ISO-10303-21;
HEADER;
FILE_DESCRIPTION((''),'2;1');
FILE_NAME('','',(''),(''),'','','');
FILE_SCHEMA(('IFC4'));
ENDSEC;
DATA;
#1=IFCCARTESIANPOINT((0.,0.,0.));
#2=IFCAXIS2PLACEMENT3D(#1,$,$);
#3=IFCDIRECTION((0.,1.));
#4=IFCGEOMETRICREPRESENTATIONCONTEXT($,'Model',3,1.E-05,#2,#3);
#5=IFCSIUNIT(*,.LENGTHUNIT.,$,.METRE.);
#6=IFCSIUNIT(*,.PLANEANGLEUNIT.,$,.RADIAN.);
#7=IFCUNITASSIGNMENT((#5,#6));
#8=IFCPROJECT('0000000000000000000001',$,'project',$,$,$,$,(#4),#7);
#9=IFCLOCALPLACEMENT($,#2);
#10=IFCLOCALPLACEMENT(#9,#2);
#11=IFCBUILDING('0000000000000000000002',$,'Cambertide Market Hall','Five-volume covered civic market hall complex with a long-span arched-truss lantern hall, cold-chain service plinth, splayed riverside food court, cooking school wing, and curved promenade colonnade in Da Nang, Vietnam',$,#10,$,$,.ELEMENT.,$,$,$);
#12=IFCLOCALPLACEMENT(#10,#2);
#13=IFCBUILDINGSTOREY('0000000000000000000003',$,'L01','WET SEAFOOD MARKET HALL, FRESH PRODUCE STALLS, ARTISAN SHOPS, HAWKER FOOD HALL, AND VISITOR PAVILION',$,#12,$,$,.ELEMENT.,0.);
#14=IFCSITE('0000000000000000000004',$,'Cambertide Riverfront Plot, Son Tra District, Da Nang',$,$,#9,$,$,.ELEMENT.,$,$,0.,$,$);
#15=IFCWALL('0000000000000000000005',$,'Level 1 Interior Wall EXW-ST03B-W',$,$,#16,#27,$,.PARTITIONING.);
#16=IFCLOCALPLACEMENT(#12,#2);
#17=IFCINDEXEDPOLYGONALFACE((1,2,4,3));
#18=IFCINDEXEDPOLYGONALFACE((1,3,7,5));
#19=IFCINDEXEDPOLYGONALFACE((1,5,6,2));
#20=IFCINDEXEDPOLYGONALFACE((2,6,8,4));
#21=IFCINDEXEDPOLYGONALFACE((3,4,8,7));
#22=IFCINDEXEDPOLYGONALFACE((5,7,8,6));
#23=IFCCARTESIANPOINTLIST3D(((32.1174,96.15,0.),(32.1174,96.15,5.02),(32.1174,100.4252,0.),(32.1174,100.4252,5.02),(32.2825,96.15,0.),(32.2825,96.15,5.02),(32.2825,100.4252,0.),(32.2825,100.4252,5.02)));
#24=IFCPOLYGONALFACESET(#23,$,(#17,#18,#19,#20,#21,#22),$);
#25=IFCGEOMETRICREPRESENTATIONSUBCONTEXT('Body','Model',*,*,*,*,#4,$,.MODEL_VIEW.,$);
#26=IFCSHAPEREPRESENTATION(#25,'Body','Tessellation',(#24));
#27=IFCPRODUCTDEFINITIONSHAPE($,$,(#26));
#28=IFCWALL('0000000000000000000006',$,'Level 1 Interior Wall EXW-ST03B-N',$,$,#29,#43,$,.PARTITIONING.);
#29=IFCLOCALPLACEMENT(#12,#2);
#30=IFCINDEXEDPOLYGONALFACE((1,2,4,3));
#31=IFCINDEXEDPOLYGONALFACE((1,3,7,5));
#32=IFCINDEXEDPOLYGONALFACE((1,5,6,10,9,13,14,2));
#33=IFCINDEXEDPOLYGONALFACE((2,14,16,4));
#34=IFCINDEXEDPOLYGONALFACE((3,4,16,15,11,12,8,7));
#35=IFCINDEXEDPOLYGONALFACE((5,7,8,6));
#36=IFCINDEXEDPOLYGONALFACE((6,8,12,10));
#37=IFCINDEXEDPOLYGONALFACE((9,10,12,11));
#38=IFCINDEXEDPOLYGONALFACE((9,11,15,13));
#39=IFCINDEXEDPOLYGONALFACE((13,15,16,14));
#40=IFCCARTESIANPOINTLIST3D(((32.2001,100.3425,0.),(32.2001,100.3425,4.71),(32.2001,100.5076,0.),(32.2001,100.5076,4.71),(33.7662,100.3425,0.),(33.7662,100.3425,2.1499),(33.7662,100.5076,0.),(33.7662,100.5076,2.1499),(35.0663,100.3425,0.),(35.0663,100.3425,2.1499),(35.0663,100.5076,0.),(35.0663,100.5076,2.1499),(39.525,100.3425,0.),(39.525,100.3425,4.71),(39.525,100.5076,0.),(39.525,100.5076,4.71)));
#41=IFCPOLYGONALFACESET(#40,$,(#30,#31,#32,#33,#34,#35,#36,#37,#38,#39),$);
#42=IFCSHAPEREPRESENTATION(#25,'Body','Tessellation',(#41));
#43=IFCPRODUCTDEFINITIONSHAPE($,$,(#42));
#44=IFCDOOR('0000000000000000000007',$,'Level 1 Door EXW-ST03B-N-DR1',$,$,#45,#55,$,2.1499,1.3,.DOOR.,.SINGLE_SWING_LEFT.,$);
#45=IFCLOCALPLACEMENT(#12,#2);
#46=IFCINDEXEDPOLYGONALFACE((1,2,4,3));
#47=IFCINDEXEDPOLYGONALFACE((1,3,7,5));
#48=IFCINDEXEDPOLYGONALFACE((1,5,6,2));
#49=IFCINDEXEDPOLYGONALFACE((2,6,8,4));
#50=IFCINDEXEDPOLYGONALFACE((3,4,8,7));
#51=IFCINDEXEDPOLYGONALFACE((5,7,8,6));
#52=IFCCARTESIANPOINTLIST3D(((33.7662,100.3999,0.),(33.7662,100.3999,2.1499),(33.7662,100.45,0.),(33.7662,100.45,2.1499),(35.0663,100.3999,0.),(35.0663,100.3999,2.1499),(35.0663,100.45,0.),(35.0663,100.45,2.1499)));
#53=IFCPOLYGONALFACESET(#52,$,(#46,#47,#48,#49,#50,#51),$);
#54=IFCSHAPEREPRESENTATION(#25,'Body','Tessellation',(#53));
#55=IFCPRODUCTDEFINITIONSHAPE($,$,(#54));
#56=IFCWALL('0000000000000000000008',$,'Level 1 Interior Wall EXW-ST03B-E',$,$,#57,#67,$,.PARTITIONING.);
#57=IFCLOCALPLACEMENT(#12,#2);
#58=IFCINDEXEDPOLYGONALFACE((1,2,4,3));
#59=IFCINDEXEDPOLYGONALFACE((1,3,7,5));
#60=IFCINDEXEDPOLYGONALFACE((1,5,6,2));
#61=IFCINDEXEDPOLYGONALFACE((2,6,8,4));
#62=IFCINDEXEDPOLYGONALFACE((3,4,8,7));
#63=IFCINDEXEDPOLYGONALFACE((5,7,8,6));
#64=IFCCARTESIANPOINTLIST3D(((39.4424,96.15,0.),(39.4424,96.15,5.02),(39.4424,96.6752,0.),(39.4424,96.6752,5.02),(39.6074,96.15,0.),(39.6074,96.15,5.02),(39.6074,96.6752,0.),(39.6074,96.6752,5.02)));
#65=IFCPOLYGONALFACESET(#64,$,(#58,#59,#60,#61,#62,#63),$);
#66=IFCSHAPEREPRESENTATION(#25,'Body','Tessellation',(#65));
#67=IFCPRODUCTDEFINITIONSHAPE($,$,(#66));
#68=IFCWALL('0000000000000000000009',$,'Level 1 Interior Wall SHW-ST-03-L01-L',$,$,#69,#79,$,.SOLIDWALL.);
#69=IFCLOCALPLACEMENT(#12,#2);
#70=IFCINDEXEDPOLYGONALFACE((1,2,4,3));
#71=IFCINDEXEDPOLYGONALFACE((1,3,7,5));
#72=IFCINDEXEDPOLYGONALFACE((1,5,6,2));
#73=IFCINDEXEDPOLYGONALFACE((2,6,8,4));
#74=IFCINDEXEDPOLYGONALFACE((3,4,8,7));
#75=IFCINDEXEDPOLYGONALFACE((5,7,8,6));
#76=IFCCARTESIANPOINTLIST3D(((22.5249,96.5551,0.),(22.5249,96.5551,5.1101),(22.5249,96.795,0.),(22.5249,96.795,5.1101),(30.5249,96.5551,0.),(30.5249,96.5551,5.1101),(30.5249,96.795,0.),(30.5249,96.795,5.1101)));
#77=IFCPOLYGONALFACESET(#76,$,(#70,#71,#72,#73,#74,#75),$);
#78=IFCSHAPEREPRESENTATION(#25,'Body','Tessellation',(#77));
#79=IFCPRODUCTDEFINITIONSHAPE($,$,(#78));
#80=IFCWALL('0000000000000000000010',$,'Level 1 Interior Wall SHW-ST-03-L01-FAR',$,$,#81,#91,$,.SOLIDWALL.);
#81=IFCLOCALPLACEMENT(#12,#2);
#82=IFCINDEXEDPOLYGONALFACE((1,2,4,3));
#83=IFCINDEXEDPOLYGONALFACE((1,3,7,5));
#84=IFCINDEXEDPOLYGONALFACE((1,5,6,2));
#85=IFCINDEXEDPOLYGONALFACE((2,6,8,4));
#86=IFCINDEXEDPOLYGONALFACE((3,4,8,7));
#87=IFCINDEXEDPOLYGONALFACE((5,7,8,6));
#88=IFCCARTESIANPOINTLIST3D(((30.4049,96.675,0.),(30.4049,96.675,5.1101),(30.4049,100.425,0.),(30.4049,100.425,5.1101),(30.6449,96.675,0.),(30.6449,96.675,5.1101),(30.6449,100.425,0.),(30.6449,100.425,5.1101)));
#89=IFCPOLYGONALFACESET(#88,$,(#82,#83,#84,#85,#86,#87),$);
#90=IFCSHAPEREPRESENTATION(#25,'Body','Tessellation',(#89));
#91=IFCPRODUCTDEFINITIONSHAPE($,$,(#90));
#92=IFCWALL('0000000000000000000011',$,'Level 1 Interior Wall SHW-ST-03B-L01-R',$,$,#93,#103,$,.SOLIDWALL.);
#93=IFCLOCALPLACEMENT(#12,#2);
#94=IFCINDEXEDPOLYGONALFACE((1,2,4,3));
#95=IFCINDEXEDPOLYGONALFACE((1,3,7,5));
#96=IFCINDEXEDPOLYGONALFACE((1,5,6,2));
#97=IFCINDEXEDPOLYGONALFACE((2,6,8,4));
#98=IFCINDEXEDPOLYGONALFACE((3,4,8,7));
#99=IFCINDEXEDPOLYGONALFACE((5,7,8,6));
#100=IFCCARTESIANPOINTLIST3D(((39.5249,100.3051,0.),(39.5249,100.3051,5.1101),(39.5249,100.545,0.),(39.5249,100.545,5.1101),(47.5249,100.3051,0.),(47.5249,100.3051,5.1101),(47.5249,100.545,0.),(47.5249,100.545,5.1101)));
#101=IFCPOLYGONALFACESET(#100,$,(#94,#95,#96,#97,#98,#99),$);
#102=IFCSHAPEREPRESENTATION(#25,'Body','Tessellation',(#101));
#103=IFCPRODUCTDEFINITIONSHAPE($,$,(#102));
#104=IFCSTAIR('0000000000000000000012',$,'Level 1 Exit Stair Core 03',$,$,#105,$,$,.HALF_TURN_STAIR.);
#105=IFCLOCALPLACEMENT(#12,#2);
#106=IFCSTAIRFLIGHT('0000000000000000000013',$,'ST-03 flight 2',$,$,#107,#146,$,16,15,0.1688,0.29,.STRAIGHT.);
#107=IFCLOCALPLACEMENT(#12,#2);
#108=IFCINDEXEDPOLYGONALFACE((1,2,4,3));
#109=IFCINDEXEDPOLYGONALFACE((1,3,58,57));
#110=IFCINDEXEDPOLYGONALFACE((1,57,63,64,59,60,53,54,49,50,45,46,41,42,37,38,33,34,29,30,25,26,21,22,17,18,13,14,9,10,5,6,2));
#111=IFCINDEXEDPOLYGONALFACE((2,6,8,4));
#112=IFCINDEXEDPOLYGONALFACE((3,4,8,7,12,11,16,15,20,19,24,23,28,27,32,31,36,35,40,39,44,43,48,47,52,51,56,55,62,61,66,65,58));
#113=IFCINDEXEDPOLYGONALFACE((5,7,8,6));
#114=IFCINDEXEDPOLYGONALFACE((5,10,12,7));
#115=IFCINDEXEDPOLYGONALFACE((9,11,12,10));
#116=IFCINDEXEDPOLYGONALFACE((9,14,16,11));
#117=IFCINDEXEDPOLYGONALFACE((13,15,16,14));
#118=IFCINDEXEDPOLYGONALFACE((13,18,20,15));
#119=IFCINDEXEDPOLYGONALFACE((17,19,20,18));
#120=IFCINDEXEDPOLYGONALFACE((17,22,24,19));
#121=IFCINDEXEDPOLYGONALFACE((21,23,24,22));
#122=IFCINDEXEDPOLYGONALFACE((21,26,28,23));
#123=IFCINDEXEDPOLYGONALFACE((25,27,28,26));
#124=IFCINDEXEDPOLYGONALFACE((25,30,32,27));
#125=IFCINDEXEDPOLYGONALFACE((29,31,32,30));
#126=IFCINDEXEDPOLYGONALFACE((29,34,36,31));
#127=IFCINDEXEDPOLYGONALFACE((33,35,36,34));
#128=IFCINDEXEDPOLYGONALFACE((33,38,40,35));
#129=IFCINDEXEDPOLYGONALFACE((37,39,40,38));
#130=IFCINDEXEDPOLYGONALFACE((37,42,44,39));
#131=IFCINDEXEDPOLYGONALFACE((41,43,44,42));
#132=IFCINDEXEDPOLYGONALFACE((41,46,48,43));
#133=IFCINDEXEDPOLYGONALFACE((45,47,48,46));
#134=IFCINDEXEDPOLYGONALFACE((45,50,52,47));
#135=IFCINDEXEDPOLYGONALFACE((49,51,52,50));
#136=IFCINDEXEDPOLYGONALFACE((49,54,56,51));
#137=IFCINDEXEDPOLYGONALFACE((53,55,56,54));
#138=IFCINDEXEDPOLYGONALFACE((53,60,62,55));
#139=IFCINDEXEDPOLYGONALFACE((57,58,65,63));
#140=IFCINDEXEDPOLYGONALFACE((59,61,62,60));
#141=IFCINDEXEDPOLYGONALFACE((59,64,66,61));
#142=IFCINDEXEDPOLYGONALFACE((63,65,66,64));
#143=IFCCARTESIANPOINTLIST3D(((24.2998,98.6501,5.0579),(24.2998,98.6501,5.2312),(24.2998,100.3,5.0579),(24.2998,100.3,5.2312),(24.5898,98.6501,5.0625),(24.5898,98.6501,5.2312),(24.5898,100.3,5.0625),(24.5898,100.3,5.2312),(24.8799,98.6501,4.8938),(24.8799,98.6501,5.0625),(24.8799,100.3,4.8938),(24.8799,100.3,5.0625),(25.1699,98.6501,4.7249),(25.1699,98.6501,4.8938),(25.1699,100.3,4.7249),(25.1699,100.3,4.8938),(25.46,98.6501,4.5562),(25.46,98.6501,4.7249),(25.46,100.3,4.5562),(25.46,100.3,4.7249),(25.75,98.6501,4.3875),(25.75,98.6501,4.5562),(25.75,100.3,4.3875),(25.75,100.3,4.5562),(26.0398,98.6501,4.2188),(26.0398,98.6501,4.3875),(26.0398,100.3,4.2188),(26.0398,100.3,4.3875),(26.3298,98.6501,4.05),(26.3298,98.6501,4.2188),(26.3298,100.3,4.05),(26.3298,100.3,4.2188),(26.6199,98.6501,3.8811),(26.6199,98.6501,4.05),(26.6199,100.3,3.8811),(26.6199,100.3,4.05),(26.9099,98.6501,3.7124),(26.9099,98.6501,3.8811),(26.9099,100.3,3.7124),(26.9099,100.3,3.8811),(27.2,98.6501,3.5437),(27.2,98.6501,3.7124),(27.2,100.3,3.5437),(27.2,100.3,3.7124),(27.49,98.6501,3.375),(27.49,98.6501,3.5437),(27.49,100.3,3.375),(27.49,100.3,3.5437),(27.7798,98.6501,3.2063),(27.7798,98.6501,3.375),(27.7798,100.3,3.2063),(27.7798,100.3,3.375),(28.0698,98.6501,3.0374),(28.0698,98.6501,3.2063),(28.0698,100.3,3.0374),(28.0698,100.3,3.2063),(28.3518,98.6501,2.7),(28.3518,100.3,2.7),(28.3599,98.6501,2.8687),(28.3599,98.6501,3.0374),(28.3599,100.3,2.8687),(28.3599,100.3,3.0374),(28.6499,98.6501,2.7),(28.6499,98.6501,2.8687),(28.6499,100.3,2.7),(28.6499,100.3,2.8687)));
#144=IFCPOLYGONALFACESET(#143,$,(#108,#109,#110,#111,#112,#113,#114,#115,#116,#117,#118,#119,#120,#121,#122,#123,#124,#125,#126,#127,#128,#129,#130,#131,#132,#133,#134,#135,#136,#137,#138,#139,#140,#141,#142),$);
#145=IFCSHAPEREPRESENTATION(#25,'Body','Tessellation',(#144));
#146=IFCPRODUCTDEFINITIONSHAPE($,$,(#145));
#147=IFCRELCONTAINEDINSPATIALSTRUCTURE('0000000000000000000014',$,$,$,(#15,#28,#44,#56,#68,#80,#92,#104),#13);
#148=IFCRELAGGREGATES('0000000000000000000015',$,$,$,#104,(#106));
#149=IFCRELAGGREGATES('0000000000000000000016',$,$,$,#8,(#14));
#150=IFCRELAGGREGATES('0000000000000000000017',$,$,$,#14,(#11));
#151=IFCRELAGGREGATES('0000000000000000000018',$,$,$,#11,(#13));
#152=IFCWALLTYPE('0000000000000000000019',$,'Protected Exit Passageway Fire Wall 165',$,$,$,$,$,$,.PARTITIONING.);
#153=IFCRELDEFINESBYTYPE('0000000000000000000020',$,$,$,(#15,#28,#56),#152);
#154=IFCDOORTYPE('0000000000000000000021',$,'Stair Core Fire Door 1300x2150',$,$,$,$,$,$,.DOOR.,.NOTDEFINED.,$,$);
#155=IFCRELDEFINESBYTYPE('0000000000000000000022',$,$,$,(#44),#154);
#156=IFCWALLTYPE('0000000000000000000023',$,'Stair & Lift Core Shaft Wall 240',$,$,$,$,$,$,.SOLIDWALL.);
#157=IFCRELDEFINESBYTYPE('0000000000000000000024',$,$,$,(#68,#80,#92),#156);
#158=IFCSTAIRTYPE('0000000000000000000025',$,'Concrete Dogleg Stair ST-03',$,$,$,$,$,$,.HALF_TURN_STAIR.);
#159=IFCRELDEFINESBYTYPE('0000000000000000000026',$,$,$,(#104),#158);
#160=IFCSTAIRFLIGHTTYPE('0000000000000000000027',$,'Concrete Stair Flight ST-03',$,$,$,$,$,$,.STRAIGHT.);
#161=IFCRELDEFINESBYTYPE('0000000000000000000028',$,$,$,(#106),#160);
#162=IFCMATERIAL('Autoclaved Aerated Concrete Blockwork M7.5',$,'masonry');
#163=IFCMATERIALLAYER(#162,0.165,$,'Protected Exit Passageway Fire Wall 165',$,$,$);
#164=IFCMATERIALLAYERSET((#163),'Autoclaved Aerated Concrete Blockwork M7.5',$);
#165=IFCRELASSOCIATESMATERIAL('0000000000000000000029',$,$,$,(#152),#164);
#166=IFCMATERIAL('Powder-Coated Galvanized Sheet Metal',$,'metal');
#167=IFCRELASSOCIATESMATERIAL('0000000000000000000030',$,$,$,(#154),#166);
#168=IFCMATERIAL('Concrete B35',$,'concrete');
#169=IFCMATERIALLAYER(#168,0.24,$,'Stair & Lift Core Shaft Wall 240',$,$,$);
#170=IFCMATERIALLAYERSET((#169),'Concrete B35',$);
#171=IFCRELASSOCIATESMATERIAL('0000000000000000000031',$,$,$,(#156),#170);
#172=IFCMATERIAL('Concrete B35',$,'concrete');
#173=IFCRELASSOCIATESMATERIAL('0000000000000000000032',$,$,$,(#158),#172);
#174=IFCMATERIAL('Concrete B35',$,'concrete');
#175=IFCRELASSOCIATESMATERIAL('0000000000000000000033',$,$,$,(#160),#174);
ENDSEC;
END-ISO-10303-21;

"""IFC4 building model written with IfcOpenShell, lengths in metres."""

from ifc_helpers import new_model, si_unit, direction, frame, frame_2d, origin, place, context, subcontext, project, spatial, polyline, rectangle, outline, extrude, material, layer, layer_set, type_object, element, fill, aggregate, save


model = new_model("IFC4")

# Units and contexts
model_context = context("Model", 3, precision=1e-05, world=origin(), true_north=direction((0.0, 1.0)))
body_context = subcontext(model_context, "Body", "Model", "MODEL_VIEW")
ifc_project = project(units=[si_unit("LENGTHUNIT", "METRE"), si_unit("PLANEANGLEUNIT", "RADIAN")], contexts=[model_context])

# Site, building, storey
site_placement = place(None, origin())
site = spatial("IfcSite", under=ifc_project, at=site_placement, Name="Cambertide Riverfront Plot, Son Tra District, Da Nang", CompositionType="ELEMENT", RefElevation=0.0)
building_placement = place(site_placement, origin())
building = spatial("IfcBuilding", under=site, at=building_placement, Name="Cambertide Market Hall", Description="Five-volume covered civic market hall complex with a long-span arched-truss lantern hall, cold-chain service plinth, splayed riverside food court, cooking school wing, and curved promenade colonnade in Da Nang, Vietnam", CompositionType="ELEMENT")
storey_placement = place(building_placement, origin())
storey = spatial("IfcBuildingStorey", under=building, at=storey_placement, Name="L01", Description="WET SEAFOOD MARKET HALL, FRESH PRODUCE STALLS, ARTISAN SHOPS, HAWKER FOOD HALL, AND VISITOR PAVILION", CompositionType="ELEMENT", Elevation=0.0)

# Wall
ifc_material_1 = material(Name="Autoclaved Aerated Concrete Blockwork M7.5", Category="masonry")
ifc_layer_1 = layer(ifc_material_1, 0.165, Name="Protected Exit Passageway Fire Wall 165")
ifc_layer_set_1 = layer_set([ifc_layer_1], Name="Autoclaved Aerated Concrete Blockwork M7.5")
wall_type_1 = type_object("IfcWallType", Name="Protected Exit Passageway Fire Wall 165", PredefinedType="PARTITIONING", material=ifc_layer_set_1)
wall_1_placement = place(storey_placement, frame((32.2, 96.1499, 0.0), z_axis=(0.0, 0.0, 1.0), x_axis=(0.0, 1.0, 0.0)))
element("IfcWall", 1, at=wall_1_placement, inside=storey, type_object=wall_type_1, Name="Level 1 Interior Wall EXW-ST03B-W", PredefinedType="PARTITIONING", context=body_context, shape_type="SweptSolid", body=[
    extrude(rectangle(XDim=4.2751, YDim=0.165, at=frame_2d((2.1377, 0.0))), origin(), (0.0, 0.0, 1.0), 5.02),
])

# Wall, opening, door
wall_2_placement = place(storey_placement, frame((32.2, 100.425, 0.0), z_axis=(0.0, 0.0, 1.0), x_axis=(1.0, 0.0, 0.0)))
wall_2 = element("IfcWall", 2, at=wall_2_placement, inside=storey, type_object=wall_type_1, Name="Level 1 Interior Wall EXW-ST03B-N", PredefinedType="PARTITIONING", context=body_context, shape_type="SweptSolid", body=[
    extrude(rectangle(XDim=7.325, YDim=0.165, at=frame_2d((3.6626, 0.0))), origin(), (0.0, 0.0, 1.0), 4.71),
])
opening_1_placement = place(wall_2_placement, frame((1.5664, 0.0, 0.0)))
opening_1 = element("IfcOpeningElement", 3, at=opening_1_placement, cuts=wall_2, PredefinedType="OPENING", context=body_context, shape_type="SweptSolid", body=[
    extrude(rectangle(XDim=1.3, YDim=2.1499, at=frame_2d((0.6499, 1.075))), frame((0.0, 0.0925, 0.0), z_axis=(0.0, -1.0, 0.0), x_axis=(1.0, 0.0, 0.0)), (0.0, 0.0, 1.0), 0.1851),
])
ifc_material_2 = material(Name="Powder-Coated Galvanized Sheet Metal", Category="metal")
door_type_1 = type_object("IfcDoorType", Name="Stair Core Fire Door 1300x2150", OperationType="NOTDEFINED", PredefinedType="DOOR", material=ifc_material_2)
door_1_placement = place(opening_1_placement, origin())
door_1 = element("IfcDoor", 4, at=door_1_placement, inside=storey, type_object=door_type_1, Name="Level 1 Door EXW-ST03B-N-DR1", OperationType="SINGLE_SWING_LEFT", OverallHeight=2.1499, OverallWidth=1.3, PredefinedType="DOOR", context=body_context, shape_type="SweptSolid", body=[
    extrude(rectangle(XDim=1.3, YDim=2.1499, at=frame_2d((0.6499, 1.075))), frame((0.0, 0.0249, 0.0), z_axis=(0.0, -1.0, 0.0), x_axis=(1.0, 0.0, 0.0)), (0.0, 0.0, 1.0), 0.05),
])
fill(opening_1, door_1)

# Walls
wall_3_placement = place(storey_placement, frame((39.5249, 96.1499, 0.0), z_axis=(0.0, 0.0, 1.0), x_axis=(0.0, 1.0, 0.0)))
element("IfcWall", 5, at=wall_3_placement, inside=storey, type_object=wall_type_1, Name="Level 1 Interior Wall EXW-ST03B-E", PredefinedType="PARTITIONING", context=body_context, shape_type="SweptSolid", body=[
    extrude(rectangle(XDim=0.5251, YDim=0.165, at=frame_2d((0.2627, 0.0))), origin(), (0.0, 0.0, 1.0), 5.02),
])
ifc_material_3 = material(Name="Concrete B35", Category="concrete")
ifc_layer_2 = layer(ifc_material_3, 0.24, Name="Stair & Lift Core Shaft Wall 240")
ifc_layer_set_2 = layer_set([ifc_layer_2], Name="Concrete B35")
wall_type_2 = type_object("IfcWallType", Name="Stair & Lift Core Shaft Wall 240", PredefinedType="SOLIDWALL", material=ifc_layer_set_2)
wall_4_placement = place(storey_placement, frame((30.5249, 96.675, 0.0), z_axis=(0.0, 0.0, 1.0), x_axis=(-1.0, 0.0, 0.0)))
element("IfcWall", 6, at=wall_4_placement, inside=storey, type_object=wall_type_2, Name="Level 1 Interior Wall SHW-ST-03-L01-L", PredefinedType="SOLIDWALL", context=body_context, shape_type="SweptSolid", body=[
    extrude(rectangle(XDim=8.0, YDim=0.24, at=frame_2d((4.0, 0.0))), origin(), (0.0, 0.0, 1.0), 5.1101),
])
wall_5_placement = place(storey_placement, frame((30.5249, 100.425, 0.0), z_axis=(0.0, 0.0, 1.0), x_axis=(0.0, -1.0, 0.0)))
element("IfcWall", 7, at=wall_5_placement, inside=storey, type_object=wall_type_2, Name="Level 1 Interior Wall SHW-ST-03-L01-FAR", PredefinedType="SOLIDWALL", context=body_context, shape_type="SweptSolid", body=[
    extrude(rectangle(XDim=3.75, YDim=0.24, at=frame_2d((1.875, 0.0))), origin(), (0.0, 0.0, 1.0), 5.1101),
])

# Wall
wall_6_placement = place(storey_placement, frame((39.5249, 100.425, 0.0), z_axis=(0.0, 0.0, 1.0), x_axis=(1.0, 0.0, 0.0)))
element("IfcWall", 8, at=wall_6_placement, inside=storey, type_object=wall_type_2, Name="Level 1 Interior Wall SHW-ST-03B-L01-R", PredefinedType="SOLIDWALL", context=body_context, shape_type="SweptSolid", body=[
    extrude(rectangle(XDim=8.0, YDim=0.24, at=frame_2d((4.0, 0.0))), origin(), (0.0, 0.0, 1.0), 5.1101),
])

# Stair, stair flight
ifc_material_4 = material(Name="Concrete B35", Category="concrete")
stair_type = type_object("IfcStairType", Name="Concrete Dogleg Stair ST-03", PredefinedType="HALF_TURN_STAIR", material=ifc_material_4)
stair_placement = place(storey_placement, origin())
stair = element("IfcStair", 9, at=stair_placement, inside=storey, type_object=stair_type, Name="Level 1 Exit Stair Core 03", PredefinedType="HALF_TURN_STAIR")
ifc_material_5 = material(Name="Concrete B35", Category="concrete")
stair_flight_type = type_object("IfcStairFlightType", Name="Concrete Stair Flight ST-03", PredefinedType="STRAIGHT", material=ifc_material_5)
stair_flight_placement = place(storey_placement, frame((28.6499, 99.4751, 2.7), z_axis=(0.0, 0.0, 1.0), x_axis=(-1.0, 0.0, 0.0)))
stair_flight = element("IfcStairFlight", 10, at=stair_flight_placement, type_object=stair_flight_type, Name="ST-03 flight 2", NumberOfRisers=16, NumberOfTreads=15, PredefinedType="STRAIGHT", RiserHeight=0.1688, TreadLength=0.29, context=body_context, shape_type="SweptSolid", body=[
    extrude(outline(polyline([(0.0, 0.0), (0.0, 0.1687), (0.29, 0.1687), (0.29, 0.3374), (0.5801, 0.3374), (0.5801, 0.5063), (0.8701, 0.5063), (0.8701, 0.675), (1.1599, 0.675), (1.1599, 0.8438), (1.45, 0.8438), (1.45, 1.0125), (1.74, 1.0125), (1.74, 1.1812), (2.03, 1.1812), (2.03, 1.3501), (2.3201, 1.3501), (2.3201, 1.5188), (2.6101, 1.5188), (2.6101, 1.6875), (2.8999, 1.6875), (2.8999, 1.8562), (3.1899, 1.8562), (3.1899, 2.0249), (3.48, 2.0249), (3.48, 2.1938), (3.77, 2.1938), (3.77, 2.3625), (4.0601, 2.3625), (4.0601, 2.5312), (4.3501, 2.5312), (4.3501, 2.7), (4.3501, 2.3579), (0.2981, 0.0), (0.0, 0.0)])), frame((0.0, 0.825, 0.0), z_axis=(0.0, -1.0, 0.0), x_axis=(1.0, 0.0, 0.0)), (0.0, 0.0, 1.0), 1.6499),
])
aggregate(stair, [stair_flight])

save(model, "model.ifc")
